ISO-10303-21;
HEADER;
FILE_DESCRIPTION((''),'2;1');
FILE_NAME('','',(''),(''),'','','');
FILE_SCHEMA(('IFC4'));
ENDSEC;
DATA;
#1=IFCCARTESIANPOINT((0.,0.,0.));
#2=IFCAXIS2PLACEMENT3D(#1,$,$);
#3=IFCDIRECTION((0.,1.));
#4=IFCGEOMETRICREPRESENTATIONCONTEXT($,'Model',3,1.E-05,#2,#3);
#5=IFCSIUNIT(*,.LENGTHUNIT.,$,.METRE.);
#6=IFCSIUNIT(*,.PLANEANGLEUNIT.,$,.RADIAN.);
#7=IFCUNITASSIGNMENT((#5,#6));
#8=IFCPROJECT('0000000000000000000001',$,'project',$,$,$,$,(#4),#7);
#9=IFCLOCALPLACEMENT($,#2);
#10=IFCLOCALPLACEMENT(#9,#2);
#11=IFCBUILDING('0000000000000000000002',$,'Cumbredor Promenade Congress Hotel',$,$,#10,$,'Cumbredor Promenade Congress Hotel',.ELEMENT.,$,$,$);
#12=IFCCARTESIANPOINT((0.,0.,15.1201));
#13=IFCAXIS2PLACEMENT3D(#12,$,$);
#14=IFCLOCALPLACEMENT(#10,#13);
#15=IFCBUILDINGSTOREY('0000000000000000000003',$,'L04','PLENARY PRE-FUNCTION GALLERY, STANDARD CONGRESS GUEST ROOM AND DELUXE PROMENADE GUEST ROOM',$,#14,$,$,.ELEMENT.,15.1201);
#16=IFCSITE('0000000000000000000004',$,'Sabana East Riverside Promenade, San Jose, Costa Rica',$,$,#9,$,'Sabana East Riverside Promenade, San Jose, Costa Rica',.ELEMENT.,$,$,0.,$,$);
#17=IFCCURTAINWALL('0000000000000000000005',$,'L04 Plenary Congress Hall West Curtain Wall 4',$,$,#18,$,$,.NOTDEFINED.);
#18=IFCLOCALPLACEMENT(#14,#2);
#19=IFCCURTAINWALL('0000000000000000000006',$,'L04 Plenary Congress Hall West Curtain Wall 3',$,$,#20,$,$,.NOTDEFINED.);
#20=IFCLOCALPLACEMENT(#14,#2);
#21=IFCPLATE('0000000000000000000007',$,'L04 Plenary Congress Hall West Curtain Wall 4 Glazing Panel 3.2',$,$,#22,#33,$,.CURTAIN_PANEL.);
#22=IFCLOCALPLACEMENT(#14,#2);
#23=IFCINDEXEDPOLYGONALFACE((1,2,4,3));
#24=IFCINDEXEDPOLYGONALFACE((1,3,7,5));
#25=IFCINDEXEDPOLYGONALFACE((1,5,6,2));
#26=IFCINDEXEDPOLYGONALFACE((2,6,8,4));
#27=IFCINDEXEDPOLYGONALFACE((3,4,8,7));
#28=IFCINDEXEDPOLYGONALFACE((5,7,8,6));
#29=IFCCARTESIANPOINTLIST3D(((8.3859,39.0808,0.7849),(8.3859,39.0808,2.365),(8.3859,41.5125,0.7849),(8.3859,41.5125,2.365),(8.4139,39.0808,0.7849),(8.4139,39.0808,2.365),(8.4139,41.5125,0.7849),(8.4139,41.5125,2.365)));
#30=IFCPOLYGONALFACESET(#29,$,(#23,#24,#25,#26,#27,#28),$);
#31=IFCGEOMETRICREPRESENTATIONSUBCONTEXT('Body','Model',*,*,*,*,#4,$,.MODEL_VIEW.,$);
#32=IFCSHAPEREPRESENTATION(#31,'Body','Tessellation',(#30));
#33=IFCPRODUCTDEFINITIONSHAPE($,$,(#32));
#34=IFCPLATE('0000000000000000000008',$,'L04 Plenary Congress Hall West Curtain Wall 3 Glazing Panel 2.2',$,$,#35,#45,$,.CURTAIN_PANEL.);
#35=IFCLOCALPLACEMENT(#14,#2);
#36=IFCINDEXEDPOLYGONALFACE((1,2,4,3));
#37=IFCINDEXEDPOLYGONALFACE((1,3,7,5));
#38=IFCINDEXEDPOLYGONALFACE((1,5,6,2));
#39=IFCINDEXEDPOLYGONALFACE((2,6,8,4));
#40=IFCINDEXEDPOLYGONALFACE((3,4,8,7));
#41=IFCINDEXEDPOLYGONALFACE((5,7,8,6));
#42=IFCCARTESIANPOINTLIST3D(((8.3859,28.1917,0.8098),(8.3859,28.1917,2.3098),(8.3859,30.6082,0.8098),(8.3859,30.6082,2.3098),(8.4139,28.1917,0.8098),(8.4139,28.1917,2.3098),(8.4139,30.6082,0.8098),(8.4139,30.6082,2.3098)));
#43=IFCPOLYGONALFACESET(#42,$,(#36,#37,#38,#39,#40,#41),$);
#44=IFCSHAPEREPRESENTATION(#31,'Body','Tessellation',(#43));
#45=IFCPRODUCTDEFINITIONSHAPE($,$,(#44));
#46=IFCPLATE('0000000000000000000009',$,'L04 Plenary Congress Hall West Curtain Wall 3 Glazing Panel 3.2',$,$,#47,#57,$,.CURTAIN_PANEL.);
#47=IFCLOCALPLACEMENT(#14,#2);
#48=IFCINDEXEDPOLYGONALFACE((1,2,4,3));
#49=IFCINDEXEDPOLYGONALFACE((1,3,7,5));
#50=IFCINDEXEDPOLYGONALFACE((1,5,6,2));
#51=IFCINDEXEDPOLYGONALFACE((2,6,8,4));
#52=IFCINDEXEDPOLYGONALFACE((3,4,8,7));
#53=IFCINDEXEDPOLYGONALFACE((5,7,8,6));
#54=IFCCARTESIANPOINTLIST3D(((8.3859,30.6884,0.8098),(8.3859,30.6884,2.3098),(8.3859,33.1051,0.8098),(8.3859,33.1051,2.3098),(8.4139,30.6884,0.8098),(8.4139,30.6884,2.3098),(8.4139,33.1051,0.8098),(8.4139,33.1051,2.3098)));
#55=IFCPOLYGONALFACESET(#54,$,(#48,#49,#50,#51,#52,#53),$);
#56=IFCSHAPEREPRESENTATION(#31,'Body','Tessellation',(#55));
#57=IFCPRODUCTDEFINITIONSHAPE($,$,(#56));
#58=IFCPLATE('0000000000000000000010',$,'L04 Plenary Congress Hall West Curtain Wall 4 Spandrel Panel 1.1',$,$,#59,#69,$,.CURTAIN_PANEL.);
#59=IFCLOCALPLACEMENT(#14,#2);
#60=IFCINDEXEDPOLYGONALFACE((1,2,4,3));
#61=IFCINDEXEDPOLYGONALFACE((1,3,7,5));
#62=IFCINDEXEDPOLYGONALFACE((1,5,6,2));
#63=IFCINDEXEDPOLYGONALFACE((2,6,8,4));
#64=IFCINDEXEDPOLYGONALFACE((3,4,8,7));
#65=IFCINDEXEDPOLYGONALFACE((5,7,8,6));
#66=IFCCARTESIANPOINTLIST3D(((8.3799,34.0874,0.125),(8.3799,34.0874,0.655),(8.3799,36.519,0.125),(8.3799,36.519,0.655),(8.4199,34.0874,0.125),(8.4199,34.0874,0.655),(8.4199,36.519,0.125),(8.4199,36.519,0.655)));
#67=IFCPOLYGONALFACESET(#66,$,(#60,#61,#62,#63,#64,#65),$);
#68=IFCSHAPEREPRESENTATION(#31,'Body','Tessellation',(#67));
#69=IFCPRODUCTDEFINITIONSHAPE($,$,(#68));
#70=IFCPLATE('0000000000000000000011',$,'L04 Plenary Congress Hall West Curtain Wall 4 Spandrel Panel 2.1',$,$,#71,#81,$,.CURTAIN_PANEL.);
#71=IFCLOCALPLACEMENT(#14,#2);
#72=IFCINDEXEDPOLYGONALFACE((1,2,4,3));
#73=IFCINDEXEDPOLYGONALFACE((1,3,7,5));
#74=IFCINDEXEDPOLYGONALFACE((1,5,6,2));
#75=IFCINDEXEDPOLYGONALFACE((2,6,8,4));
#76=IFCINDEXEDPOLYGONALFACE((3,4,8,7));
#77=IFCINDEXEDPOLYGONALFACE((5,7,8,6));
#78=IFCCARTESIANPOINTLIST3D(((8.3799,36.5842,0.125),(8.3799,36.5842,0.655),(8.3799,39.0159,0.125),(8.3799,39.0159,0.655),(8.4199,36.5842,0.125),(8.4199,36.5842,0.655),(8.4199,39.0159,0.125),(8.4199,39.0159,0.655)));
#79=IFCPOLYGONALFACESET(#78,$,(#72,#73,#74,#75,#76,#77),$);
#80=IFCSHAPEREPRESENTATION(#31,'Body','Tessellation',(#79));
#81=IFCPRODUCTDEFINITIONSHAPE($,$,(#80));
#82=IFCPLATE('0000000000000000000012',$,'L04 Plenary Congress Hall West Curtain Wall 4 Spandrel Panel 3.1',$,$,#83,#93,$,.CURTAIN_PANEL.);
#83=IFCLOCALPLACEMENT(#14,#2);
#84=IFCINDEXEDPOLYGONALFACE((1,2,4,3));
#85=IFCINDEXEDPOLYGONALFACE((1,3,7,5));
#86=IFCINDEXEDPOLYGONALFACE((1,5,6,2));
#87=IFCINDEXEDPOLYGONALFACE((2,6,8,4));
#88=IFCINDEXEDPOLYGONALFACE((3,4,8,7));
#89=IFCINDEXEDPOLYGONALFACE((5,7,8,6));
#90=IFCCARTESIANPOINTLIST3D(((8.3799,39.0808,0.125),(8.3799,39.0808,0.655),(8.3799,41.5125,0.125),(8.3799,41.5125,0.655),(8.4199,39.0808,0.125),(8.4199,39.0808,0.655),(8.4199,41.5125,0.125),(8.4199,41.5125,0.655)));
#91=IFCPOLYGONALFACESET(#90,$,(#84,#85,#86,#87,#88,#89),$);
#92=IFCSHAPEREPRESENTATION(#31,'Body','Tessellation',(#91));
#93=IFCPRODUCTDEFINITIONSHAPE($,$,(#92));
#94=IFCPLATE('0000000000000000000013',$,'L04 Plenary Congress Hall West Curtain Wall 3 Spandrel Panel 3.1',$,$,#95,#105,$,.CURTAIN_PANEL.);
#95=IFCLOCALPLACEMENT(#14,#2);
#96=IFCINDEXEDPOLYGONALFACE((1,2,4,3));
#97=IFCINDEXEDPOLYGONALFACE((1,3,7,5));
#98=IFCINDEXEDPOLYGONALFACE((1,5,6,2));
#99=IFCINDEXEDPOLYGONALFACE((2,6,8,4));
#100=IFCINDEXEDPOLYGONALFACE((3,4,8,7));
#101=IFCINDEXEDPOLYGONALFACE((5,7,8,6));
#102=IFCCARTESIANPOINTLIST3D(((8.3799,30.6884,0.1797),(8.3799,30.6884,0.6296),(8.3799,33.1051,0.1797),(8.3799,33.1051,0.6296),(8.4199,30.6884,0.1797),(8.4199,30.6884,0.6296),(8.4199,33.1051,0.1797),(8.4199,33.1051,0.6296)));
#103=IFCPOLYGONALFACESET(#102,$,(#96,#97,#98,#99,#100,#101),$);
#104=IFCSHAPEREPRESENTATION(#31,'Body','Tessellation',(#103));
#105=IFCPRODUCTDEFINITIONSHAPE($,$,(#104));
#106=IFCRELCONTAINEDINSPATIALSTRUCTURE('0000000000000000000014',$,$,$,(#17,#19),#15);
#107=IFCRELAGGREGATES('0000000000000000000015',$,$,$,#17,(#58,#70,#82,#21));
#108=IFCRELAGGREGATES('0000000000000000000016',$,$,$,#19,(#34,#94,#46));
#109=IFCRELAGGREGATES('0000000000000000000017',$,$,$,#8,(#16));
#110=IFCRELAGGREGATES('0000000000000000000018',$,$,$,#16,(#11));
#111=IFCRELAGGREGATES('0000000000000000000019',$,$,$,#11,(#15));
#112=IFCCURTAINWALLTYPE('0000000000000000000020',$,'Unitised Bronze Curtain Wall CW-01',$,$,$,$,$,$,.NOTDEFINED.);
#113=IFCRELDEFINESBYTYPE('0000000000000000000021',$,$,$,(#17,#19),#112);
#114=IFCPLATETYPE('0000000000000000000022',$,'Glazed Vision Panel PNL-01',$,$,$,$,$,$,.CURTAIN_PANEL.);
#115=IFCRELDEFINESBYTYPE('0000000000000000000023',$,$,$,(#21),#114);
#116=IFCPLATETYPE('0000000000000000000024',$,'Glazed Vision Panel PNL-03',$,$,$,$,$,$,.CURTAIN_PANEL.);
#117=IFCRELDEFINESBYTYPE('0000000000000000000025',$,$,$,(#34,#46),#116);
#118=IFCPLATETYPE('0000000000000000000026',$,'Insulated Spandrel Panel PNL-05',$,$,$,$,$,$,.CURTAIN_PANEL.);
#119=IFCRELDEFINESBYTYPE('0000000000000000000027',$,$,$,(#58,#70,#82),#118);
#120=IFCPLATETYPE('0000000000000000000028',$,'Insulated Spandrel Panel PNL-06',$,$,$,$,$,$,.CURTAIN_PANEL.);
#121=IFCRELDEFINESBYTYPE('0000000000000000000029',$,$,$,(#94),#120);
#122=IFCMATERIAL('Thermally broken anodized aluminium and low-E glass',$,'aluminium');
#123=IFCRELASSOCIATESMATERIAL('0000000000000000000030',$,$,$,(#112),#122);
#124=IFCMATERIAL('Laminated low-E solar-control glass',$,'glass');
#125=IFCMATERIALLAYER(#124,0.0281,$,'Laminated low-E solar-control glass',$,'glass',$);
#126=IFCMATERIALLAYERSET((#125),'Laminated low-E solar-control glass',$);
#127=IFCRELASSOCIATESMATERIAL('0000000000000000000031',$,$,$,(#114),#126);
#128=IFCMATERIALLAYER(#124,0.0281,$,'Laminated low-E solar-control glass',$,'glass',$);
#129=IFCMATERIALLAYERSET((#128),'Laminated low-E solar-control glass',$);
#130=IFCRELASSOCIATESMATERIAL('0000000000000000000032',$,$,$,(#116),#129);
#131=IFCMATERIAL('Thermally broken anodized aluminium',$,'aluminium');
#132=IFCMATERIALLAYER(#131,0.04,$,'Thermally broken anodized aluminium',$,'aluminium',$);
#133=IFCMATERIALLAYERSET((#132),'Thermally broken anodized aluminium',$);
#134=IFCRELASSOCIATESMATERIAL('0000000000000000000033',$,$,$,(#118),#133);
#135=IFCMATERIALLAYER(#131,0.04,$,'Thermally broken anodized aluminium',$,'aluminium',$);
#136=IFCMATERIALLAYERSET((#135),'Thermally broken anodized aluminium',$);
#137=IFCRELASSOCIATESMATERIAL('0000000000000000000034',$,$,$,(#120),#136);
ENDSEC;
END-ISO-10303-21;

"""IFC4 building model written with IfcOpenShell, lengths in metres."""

from ifc_helpers import new_model, si_unit, direction, frame, origin, origin_2d, place, context, subcontext, project, spatial, rectangle, extrude, material, layer, layer_set, type_object, element, aggregate, save


model = new_model("IFC4")

# Units and contexts
model_context = context("Model", 3, precision=1e-05, world=origin(), true_north=direction((0.0, 1.0)))
body_context = subcontext(model_context, "Body", "Model", "MODEL_VIEW")
ifc_project = project(units=[si_unit("LENGTHUNIT", "METRE"), si_unit("PLANEANGLEUNIT", "RADIAN")], contexts=[model_context])

# Site, building, storey
site_placement = place(None, origin())
site = spatial("IfcSite", under=ifc_project, at=site_placement, Name="Sabana East Riverside Promenade, San Jose, Costa Rica", LongName="Sabana East Riverside Promenade, San Jose, Costa Rica", CompositionType="ELEMENT", RefElevation=0.0)
building_placement = place(site_placement, origin())
building = spatial("IfcBuilding", under=site, at=building_placement, Name="Cumbredor Promenade Congress Hotel", LongName="Cumbredor Promenade Congress Hotel", CompositionType="ELEMENT")
storey_placement = place(building_placement, frame((0.0, 0.0, 15.1201)))
storey = spatial("IfcBuildingStorey", under=building, at=storey_placement, Name="L04", Description="PLENARY PRE-FUNCTION GALLERY, STANDARD CONGRESS GUEST ROOM AND DELUXE PROMENADE GUEST ROOM", CompositionType="ELEMENT", Elevation=15.1201)

# Curtain wall
ifc_material_1 = material(Name="Thermally broken anodized aluminium and low-E glass", Category="aluminium")
curtain_wall_type = type_object("IfcCurtainWallType", Name="Unitised Bronze Curtain Wall CW-01", PredefinedType="NOTDEFINED", material=ifc_material_1)
curtain_wall_1_placement = place(storey_placement, origin())
curtain_wall_1 = element("IfcCurtainWall", 1, at=curtain_wall_1_placement, inside=storey, type_object=curtain_wall_type, Name="L04 Plenary Congress Hall West Curtain Wall 4", PredefinedType="NOTDEFINED")
ifc_material_2 = material(Name="Thermally broken anodized aluminium", Category="aluminium")

# Curtain wall
curtain_wall_2_placement = place(storey_placement, origin())
curtain_wall_2 = element("IfcCurtainWall", 2, at=curtain_wall_2_placement, inside=storey, type_object=curtain_wall_type, Name="L04 Plenary Congress Hall West Curtain Wall 3", PredefinedType="NOTDEFINED")

# Plates
ifc_material_3 = material(Name="Laminated low-E solar-control glass", Category="glass")
ifc_layer_1 = layer(ifc_material_3, 0.0281, Name="Laminated low-E solar-control glass", Category="glass")
ifc_layer_set_1 = layer_set([ifc_layer_1], Name="Laminated low-E solar-control glass")
plate_type_1 = type_object("IfcPlateType", Name="Glazed Vision Panel PNL-01", PredefinedType="CURTAIN_PANEL", material=ifc_layer_set_1)
plate_1_placement = place(storey_placement, frame((8.3999, 40.2966, 0.7849), z_axis=(0.0, 0.0, 1.0), x_axis=(0.0, 1.0, 0.0)))
plate_1 = element("IfcPlate", 3, at=plate_1_placement, type_object=plate_type_1, Name="L04 Plenary Congress Hall West Curtain Wall 4 Glazing Panel 3.2", PredefinedType="CURTAIN_PANEL", context=body_context, shape_type="SweptSolid", body=[
    extrude(rectangle(XDim=2.4316, YDim=0.0281, at=origin_2d()), origin(), (0.0, 0.0, 1.0), 1.5801),
])
ifc_layer_2 = layer(ifc_material_3, 0.0281, Name="Laminated low-E solar-control glass", Category="glass")
ifc_layer_set_2 = layer_set([ifc_layer_2], Name="Laminated low-E solar-control glass")
plate_type_2 = type_object("IfcPlateType", Name="Glazed Vision Panel PNL-03", PredefinedType="CURTAIN_PANEL", material=ifc_layer_set_2)
plate_2_placement = place(storey_placement, frame((8.3999, 29.3999, 0.8098), z_axis=(0.0, 0.0, 1.0), x_axis=(0.0, 1.0, 0.0)))
plate_2 = element("IfcPlate", 4, at=plate_2_placement, type_object=plate_type_2, Name="L04 Plenary Congress Hall West Curtain Wall 3 Glazing Panel 2.2", PredefinedType="CURTAIN_PANEL", context=body_context, shape_type="SweptSolid", body=[
    extrude(rectangle(XDim=2.4165, YDim=0.0281, at=origin_2d()), origin(), (0.0, 0.0, 1.0), 1.5),
])
plate_3_placement = place(storey_placement, frame((8.3999, 31.8967, 0.8098), z_axis=(0.0, 0.0, 1.0), x_axis=(0.0, 1.0, 0.0)))
plate_3 = element("IfcPlate", 5, at=plate_3_placement, type_object=plate_type_2, Name="L04 Plenary Congress Hall West Curtain Wall 3 Glazing Panel 3.2", PredefinedType="CURTAIN_PANEL", context=body_context, shape_type="SweptSolid", body=[
    extrude(rectangle(XDim=2.4167, YDim=0.0281, at=origin_2d()), origin(), (0.0, 0.0, 1.0), 1.5),
])
ifc_layer_3 = layer(ifc_material_2, 0.04, Name="Thermally broken anodized aluminium", Category="aluminium")
ifc_layer_set_3 = layer_set([ifc_layer_3], Name="Thermally broken anodized aluminium")
plate_type_3 = type_object("IfcPlateType", Name="Insulated Spandrel Panel PNL-05", PredefinedType="CURTAIN_PANEL", material=ifc_layer_set_3)
plate_4_placement = place(storey_placement, frame((8.3999, 35.3032, 0.125), z_axis=(0.0, 0.0, 1.0), x_axis=(0.0, 1.0, 0.0)))
plate_4 = element("IfcPlate", 6, at=plate_4_placement, type_object=plate_type_3, Name="L04 Plenary Congress Hall West Curtain Wall 4 Spandrel Panel 1.1", PredefinedType="CURTAIN_PANEL", context=body_context, shape_type="SweptSolid", body=[
    extrude(rectangle(XDim=2.4316, YDim=0.04, at=origin_2d()), origin(), (0.0, 0.0, 1.0), 0.53),
])
plate_5_placement = place(storey_placement, frame((8.3999, 37.8, 0.125), z_axis=(0.0, 0.0, 1.0), x_axis=(0.0, 1.0, 0.0)))
plate_5 = element("IfcPlate", 7, at=plate_5_placement, type_object=plate_type_3, Name="L04 Plenary Congress Hall West Curtain Wall 4 Spandrel Panel 2.1", PredefinedType="CURTAIN_PANEL", context=body_context, shape_type="SweptSolid", body=[
    extrude(rectangle(XDim=2.4316, YDim=0.04, at=origin_2d()), origin(), (0.0, 0.0, 1.0), 0.53),
])
plate_6_placement = place(storey_placement, frame((8.3999, 40.2966, 0.125), z_axis=(0.0, 0.0, 1.0), x_axis=(0.0, 1.0, 0.0)))
plate_6 = element("IfcPlate", 8, at=plate_6_placement, type_object=plate_type_3, Name="L04 Plenary Congress Hall West Curtain Wall 4 Spandrel Panel 3.1", PredefinedType="CURTAIN_PANEL", context=body_context, shape_type="SweptSolid", body=[
    extrude(rectangle(XDim=2.4316, YDim=0.04, at=origin_2d()), origin(), (0.0, 0.0, 1.0), 0.53),
])
aggregate(curtain_wall_1, [plate_4, plate_5, plate_6, plate_1])
ifc_layer_4 = layer(ifc_material_2, 0.04, Name="Thermally broken anodized aluminium", Category="aluminium")
ifc_layer_set_4 = layer_set([ifc_layer_4], Name="Thermally broken anodized aluminium")
plate_type_4 = type_object("IfcPlateType", Name="Insulated Spandrel Panel PNL-06", PredefinedType="CURTAIN_PANEL", material=ifc_layer_set_4)
plate_7_placement = place(storey_placement, frame((8.3999, 31.8967, 0.1797), z_axis=(0.0, 0.0, 1.0), x_axis=(0.0, 1.0, 0.0)))
plate_7 = element("IfcPlate", 9, at=plate_7_placement, type_object=plate_type_4, Name="L04 Plenary Congress Hall West Curtain Wall 3 Spandrel Panel 3.1", PredefinedType="CURTAIN_PANEL", context=body_context, shape_type="SweptSolid", body=[
    extrude(rectangle(XDim=2.4167, YDim=0.04, at=origin_2d()), origin(), (0.0, 0.0, 1.0), 0.45),
])
aggregate(curtain_wall_2, [plate_2, plate_7, plate_3])

save(model, "model.ifc")
